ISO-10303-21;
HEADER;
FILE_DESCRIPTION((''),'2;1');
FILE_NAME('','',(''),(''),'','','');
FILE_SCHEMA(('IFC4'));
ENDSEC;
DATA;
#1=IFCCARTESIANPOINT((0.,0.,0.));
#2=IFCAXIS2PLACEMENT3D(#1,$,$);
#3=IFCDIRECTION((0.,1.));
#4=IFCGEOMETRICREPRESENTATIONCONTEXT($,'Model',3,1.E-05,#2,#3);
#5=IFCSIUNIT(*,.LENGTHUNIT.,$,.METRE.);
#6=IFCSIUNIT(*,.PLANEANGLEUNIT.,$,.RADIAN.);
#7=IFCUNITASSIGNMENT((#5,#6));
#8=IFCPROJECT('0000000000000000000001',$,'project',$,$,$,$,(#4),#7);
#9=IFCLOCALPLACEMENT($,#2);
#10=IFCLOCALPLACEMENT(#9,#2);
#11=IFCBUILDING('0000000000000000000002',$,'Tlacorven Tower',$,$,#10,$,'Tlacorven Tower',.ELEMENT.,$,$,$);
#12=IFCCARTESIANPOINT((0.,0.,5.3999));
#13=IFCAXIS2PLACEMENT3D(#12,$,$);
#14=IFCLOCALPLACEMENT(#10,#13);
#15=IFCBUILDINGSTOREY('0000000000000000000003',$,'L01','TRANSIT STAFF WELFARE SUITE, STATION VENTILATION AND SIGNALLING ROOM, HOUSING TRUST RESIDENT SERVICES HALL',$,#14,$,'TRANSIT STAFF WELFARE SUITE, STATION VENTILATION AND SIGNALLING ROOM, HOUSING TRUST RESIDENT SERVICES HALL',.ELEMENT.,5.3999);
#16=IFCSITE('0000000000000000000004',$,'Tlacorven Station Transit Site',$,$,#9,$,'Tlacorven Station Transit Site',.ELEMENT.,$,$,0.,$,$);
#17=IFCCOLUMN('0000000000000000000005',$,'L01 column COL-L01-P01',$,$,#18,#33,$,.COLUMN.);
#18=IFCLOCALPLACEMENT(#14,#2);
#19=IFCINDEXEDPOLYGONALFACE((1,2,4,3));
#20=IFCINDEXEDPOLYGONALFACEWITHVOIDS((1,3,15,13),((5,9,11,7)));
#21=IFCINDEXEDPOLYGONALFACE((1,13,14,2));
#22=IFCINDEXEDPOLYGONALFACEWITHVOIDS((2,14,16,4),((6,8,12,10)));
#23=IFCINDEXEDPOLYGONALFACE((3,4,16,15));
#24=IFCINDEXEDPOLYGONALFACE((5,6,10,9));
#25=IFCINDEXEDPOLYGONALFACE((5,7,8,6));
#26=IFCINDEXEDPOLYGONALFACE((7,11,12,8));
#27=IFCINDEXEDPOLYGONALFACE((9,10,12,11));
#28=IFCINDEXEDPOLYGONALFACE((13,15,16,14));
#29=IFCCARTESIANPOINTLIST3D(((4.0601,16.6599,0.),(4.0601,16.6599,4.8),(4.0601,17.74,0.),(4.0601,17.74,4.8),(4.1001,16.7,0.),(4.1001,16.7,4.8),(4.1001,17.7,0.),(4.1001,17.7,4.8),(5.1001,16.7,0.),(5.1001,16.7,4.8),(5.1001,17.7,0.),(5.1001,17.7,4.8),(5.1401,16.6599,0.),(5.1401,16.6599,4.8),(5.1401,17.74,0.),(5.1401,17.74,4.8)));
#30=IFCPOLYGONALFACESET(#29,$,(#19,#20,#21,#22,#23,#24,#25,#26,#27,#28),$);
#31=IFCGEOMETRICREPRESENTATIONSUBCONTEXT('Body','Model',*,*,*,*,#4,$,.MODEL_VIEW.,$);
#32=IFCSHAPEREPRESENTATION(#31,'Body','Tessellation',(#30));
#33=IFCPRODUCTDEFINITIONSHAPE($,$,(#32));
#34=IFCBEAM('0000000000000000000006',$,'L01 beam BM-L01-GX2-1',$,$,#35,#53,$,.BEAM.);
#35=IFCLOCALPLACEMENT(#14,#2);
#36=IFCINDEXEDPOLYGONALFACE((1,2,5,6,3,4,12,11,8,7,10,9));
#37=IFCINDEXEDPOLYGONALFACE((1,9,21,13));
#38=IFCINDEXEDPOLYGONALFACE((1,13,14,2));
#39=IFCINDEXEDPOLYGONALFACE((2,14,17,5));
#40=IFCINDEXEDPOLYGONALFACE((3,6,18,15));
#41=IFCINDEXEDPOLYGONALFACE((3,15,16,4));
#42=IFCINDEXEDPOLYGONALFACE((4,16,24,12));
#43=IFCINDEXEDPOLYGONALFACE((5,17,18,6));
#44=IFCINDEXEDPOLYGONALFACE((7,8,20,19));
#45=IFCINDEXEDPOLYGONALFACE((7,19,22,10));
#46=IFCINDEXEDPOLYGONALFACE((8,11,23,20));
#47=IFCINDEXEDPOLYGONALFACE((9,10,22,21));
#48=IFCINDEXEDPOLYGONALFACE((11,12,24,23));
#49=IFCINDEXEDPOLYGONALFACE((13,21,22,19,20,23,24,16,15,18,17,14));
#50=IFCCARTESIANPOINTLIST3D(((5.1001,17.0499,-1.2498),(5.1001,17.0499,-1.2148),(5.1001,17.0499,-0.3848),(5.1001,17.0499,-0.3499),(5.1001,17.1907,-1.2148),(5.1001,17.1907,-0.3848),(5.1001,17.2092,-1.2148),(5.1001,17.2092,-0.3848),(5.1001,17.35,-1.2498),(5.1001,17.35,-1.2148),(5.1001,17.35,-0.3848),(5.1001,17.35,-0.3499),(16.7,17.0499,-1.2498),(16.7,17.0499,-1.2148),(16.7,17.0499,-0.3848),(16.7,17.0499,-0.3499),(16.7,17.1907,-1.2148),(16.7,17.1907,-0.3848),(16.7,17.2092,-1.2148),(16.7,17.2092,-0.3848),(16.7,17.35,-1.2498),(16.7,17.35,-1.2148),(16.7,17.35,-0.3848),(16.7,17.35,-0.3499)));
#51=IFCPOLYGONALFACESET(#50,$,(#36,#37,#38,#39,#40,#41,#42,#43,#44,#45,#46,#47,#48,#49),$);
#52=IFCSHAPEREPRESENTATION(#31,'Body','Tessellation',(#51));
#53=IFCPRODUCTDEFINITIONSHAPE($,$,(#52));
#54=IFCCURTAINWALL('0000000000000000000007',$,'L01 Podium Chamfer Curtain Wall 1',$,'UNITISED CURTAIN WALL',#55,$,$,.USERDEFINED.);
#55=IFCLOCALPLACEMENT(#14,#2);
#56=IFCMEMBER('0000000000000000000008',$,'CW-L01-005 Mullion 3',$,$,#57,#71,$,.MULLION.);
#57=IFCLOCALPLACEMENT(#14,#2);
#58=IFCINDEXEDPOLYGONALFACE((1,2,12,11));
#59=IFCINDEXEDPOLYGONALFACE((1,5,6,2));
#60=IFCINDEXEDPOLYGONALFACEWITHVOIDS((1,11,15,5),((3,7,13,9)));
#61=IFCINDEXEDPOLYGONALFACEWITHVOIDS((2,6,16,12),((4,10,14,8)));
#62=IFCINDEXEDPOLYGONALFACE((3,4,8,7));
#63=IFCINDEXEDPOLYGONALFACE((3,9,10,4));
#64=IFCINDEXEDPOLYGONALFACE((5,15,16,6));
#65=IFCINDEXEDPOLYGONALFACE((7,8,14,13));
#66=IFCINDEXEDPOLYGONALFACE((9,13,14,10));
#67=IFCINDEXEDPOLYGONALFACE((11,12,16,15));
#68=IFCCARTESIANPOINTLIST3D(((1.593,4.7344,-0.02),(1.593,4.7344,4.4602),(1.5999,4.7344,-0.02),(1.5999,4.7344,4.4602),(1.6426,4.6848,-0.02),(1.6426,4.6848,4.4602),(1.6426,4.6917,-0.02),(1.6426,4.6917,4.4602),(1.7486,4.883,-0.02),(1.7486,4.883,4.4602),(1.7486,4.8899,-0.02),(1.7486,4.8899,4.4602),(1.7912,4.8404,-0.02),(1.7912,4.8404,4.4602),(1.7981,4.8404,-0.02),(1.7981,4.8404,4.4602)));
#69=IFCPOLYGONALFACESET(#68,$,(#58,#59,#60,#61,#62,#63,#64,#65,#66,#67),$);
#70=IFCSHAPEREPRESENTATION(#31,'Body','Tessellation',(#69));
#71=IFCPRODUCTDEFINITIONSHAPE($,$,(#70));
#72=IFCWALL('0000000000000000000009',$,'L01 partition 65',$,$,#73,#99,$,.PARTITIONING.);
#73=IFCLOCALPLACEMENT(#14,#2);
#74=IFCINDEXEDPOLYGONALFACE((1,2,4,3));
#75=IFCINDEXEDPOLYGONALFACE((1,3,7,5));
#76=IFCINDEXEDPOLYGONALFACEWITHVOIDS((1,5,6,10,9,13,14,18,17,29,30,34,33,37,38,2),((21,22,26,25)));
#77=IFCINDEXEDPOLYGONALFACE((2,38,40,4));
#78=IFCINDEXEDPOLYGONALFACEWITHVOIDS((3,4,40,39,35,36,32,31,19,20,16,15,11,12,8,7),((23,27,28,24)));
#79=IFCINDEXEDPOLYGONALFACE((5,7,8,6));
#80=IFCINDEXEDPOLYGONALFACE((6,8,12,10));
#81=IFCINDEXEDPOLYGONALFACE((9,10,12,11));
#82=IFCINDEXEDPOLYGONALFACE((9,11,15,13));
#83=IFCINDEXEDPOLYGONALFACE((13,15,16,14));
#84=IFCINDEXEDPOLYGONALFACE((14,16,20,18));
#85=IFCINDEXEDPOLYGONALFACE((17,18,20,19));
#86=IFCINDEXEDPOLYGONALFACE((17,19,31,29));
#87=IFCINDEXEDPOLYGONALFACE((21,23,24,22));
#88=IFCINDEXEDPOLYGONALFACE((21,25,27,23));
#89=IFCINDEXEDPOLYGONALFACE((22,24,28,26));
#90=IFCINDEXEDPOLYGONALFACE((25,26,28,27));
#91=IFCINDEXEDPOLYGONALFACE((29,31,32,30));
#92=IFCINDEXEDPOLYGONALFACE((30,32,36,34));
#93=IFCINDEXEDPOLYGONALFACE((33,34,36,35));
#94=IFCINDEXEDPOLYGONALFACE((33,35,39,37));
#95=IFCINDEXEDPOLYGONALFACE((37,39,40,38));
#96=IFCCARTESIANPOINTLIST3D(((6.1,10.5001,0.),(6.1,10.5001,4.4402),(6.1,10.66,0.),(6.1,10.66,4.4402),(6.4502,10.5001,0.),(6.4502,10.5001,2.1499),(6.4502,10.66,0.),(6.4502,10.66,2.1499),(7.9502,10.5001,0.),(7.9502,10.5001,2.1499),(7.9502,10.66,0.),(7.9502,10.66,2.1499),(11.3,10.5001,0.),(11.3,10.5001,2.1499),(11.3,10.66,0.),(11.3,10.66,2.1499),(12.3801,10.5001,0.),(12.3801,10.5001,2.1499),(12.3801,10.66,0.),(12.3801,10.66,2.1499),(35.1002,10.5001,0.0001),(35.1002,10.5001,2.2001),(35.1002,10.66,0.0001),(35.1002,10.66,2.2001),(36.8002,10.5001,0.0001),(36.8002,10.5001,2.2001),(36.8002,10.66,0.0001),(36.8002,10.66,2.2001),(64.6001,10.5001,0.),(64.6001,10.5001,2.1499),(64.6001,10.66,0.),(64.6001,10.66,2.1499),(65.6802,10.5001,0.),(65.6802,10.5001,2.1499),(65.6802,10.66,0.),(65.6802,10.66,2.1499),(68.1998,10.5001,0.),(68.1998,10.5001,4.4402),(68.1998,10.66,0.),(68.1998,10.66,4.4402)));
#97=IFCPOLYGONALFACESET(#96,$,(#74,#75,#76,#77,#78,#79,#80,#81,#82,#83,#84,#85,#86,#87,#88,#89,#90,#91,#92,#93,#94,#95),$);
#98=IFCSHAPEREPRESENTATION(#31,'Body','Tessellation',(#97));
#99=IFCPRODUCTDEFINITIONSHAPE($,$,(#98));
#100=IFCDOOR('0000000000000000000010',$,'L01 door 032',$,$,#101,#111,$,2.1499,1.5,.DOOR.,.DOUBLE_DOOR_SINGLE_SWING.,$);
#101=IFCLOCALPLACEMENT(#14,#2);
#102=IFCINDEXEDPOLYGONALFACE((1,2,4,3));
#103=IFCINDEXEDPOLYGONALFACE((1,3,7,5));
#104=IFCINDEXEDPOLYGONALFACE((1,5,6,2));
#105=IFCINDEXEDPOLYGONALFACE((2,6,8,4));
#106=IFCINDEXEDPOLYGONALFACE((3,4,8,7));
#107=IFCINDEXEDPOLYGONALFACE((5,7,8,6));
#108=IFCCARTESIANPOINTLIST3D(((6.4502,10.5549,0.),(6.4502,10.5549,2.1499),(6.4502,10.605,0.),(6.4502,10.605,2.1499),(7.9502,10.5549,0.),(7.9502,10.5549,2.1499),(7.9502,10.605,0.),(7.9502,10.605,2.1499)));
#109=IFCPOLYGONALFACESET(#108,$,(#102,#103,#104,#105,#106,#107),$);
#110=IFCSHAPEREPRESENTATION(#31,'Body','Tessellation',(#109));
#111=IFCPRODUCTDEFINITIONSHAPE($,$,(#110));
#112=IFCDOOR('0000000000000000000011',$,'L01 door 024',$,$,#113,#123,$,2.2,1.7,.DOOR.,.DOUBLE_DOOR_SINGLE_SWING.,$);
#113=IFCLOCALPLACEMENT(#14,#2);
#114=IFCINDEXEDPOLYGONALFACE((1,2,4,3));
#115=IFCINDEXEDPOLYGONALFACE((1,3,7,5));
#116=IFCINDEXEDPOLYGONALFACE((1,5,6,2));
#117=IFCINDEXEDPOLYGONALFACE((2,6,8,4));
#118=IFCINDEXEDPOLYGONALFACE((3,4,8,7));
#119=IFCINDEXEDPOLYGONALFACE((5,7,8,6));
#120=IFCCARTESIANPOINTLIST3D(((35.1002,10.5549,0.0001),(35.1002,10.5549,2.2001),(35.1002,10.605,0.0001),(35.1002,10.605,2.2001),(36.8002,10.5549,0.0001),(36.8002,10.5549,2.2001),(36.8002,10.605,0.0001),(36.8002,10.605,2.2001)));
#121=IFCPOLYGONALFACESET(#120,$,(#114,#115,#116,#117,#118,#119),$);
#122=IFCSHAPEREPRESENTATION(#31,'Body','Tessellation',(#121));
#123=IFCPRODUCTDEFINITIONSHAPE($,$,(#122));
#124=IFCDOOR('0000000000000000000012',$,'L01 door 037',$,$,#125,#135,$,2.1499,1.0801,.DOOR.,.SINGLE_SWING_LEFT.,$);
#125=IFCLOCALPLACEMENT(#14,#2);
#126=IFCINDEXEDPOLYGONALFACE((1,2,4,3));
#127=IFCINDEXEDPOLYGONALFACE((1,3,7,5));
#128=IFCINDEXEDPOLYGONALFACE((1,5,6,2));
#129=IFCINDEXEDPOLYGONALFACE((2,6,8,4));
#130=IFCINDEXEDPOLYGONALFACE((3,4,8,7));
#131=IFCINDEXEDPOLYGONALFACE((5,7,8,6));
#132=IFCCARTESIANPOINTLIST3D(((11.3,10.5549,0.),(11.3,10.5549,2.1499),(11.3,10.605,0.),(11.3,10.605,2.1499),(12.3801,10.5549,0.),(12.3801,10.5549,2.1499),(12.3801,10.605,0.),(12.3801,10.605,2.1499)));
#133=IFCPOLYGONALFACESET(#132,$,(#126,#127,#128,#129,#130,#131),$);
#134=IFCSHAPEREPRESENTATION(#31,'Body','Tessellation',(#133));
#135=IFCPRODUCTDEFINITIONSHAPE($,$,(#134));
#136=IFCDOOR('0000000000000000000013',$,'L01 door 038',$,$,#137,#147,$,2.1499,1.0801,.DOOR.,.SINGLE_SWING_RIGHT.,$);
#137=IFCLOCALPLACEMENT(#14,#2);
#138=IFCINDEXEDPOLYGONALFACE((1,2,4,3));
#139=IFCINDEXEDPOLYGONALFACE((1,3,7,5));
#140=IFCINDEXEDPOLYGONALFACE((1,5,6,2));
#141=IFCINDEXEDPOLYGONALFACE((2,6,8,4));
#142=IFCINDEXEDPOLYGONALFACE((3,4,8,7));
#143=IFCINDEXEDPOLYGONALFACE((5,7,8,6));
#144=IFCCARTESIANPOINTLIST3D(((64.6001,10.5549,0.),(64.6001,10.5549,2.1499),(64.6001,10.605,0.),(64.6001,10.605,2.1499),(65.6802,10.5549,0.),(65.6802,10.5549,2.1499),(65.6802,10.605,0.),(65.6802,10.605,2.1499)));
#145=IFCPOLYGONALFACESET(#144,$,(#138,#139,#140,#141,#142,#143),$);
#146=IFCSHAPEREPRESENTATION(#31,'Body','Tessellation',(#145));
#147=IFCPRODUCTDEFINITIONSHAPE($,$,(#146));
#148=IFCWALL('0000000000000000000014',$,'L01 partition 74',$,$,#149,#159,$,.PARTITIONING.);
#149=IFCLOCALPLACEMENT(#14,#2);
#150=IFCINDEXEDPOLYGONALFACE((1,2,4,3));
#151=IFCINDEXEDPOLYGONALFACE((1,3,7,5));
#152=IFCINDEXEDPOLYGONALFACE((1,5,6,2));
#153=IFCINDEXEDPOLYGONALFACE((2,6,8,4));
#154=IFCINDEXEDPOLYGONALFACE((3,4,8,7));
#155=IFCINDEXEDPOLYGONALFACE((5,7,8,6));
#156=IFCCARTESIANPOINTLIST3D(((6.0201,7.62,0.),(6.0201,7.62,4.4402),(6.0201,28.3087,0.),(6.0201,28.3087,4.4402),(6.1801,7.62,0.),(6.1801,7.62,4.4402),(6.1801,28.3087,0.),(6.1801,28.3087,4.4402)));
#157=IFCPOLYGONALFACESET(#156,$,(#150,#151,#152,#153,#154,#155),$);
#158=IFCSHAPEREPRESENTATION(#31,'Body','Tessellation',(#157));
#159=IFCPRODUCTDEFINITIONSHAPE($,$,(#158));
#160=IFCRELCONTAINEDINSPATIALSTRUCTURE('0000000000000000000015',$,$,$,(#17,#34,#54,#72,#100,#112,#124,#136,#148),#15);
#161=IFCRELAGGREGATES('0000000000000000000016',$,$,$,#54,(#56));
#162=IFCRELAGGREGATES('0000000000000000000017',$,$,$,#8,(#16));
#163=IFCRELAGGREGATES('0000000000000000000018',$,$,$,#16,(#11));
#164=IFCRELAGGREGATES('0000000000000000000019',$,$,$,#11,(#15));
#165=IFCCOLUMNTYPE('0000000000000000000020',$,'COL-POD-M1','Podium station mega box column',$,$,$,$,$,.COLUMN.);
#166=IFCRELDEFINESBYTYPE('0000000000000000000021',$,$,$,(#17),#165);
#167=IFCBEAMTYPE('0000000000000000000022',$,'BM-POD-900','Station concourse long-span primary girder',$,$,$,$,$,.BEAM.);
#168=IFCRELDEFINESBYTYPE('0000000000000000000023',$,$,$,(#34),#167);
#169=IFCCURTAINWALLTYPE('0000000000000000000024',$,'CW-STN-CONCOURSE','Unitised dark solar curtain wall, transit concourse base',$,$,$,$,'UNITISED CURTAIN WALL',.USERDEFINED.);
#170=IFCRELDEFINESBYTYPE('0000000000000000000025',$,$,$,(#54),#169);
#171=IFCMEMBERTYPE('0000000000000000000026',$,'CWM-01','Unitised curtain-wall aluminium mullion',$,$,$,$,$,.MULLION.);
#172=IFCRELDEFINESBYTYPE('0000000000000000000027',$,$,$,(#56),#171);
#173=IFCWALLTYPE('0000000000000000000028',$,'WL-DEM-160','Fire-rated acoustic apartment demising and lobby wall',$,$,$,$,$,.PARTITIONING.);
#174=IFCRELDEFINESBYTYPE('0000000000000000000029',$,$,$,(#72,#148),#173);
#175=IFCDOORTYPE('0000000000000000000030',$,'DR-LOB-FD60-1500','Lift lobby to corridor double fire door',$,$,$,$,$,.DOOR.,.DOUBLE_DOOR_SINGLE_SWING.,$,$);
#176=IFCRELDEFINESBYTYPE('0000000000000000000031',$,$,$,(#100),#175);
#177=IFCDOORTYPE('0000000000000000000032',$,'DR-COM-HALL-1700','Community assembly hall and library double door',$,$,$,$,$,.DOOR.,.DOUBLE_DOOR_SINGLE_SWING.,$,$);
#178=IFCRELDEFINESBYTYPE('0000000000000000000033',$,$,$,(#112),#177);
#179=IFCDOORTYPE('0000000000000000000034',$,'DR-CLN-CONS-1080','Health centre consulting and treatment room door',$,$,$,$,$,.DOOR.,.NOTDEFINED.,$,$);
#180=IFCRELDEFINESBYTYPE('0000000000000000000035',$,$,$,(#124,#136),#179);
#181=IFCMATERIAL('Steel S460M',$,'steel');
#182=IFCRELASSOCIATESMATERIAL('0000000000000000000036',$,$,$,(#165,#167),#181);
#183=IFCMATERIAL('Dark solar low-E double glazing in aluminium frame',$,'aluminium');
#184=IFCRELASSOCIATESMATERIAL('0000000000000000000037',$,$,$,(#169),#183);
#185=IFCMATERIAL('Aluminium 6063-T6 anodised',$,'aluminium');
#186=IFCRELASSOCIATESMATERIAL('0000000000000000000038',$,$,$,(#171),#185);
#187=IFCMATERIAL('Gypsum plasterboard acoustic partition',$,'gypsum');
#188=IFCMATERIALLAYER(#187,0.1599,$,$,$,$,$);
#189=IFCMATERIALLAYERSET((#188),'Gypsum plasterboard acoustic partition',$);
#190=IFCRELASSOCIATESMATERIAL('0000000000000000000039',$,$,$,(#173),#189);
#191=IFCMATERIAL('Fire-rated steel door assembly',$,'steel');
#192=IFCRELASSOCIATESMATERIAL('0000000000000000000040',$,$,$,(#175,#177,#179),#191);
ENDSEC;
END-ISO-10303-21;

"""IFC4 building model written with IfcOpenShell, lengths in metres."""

from ifc_helpers import new_model, si_unit, direction, frame, frame_2d, origin, origin_2d, place, context, subcontext, project, spatial, rectangle, hollow_rectangle, i_section, extrude, source, transform, mapped, material, layer, layer_set, material_profile, profile_set, type_object, element, fill, aggregate, save


model = new_model("IFC4")

# Units and contexts
model_context = context("Model", 3, precision=1e-05, world=origin(), true_north=direction((0.0, 1.0)))
body_context = subcontext(model_context, "Body", "Model", "MODEL_VIEW")
ifc_project = project(units=[si_unit("LENGTHUNIT", "METRE"), si_unit("PLANEANGLEUNIT", "RADIAN")], contexts=[model_context])

# Site, building, storey
site_placement = place(None, origin())
site = spatial("IfcSite", under=ifc_project, at=site_placement, Name="Tlacorven Station Transit Site", LongName="Tlacorven Station Transit Site", CompositionType="ELEMENT", RefElevation=0.0)
building_placement = place(site_placement, origin())
building = spatial("IfcBuilding", under=site, at=building_placement, Name="Tlacorven Tower", LongName="Tlacorven Tower", CompositionType="ELEMENT")
storey_placement = place(building_placement, frame((0.0, 0.0, 5.3999)))
storey = spatial("IfcBuildingStorey", under=building, at=storey_placement, Name="L01", Description="TRANSIT STAFF WELFARE SUITE, STATION VENTILATION AND SIGNALLING ROOM, HOUSING TRUST RESIDENT SERVICES HALL", LongName="TRANSIT STAFF WELFARE SUITE, STATION VENTILATION AND SIGNALLING ROOM, HOUSING TRUST RESIDENT SERVICES HALL", CompositionType="ELEMENT", Elevation=5.3999)

# Column
ifc_material_1 = material(Name="Steel S460M", Category="steel")
ifc_material_profile_1 = material_profile(ifc_material_1, hollow_rectangle(XDim=1.0801, YDim=1.0801, WallThickness=0.04, at=origin_2d()), Name="BOX 1080X1080X40")
ifc_profile_set_1 = profile_set([ifc_material_profile_1], Name="Steel S460M")
column_type = type_object("IfcColumnType", Name="COL-POD-M1", Description="Podium station mega box column", PredefinedType="COLUMN", material=ifc_profile_set_1)
shared_shape_1 = source(origin(), body_context, "Body", "SweptSolid", [
    extrude(hollow_rectangle(XDim=1.0801, YDim=1.0801, WallThickness=0.04, at=origin_2d()), origin(), (0.0, 0.0, 1.0), 4.8),
])
column_placement = place(storey_placement, frame((4.6001, 17.2, 0.0), z_axis=(0.0, 0.0, 1.0), x_axis=(1.0, 0.0, 0.0)))
element("IfcColumn", 1, at=column_placement, inside=storey, type_object=column_type, Name="L01 column COL-L01-P01", PredefinedType="COLUMN", context=body_context, shape_type="MappedRepresentation", body=[
    mapped(shared_shape_1, transform((0.0, 0.0, 0.0), scale=1.0)),
])

# Beam
ifc_material_profile_2 = material_profile(ifc_material_1, i_section(OverallWidth=0.3, OverallDepth=0.8999, WebThickness=0.0186, FlangeThickness=0.0349, at=origin_2d()), Name="HEB 900")
ifc_profile_set_2 = profile_set([ifc_material_profile_2], Name="Steel S460M")
beam_type = type_object("IfcBeamType", Name="BM-POD-900", Description="Station concourse long-span primary girder", PredefinedType="BEAM", material=ifc_profile_set_2)
shared_shape_2 = source(origin(), body_context, "Body", "SweptSolid", [
    extrude(i_section(OverallWidth=0.3, OverallDepth=0.8999, WebThickness=0.0186, FlangeThickness=0.0349, at=origin_2d()), origin(), (0.0, 0.0, 1.0), 11.5999),
])
beam_placement = place(storey_placement, frame((5.1001, 17.2, -0.7998), z_axis=(1.0, 0.0, 0.0), x_axis=(0.0, 1.0, 0.0)))
element("IfcBeam", 2, at=beam_placement, inside=storey, type_object=beam_type, Name="L01 beam BM-L01-GX2-1", PredefinedType="BEAM", context=body_context, shape_type="MappedRepresentation", body=[
    mapped(shared_shape_2, transform((0.0, 0.0, 0.0), scale=1.0)),
])

# Curtain wall, member
ifc_material_2 = material(Name="Dark solar low-E double glazing in aluminium frame", Category="aluminium")
curtain_wall_type = type_object("IfcCurtainWallType", Name="CW-STN-CONCOURSE", Description="Unitised dark solar curtain wall, transit concourse base", ElementType="UNITISED CURTAIN WALL", PredefinedType="USERDEFINED", material=ifc_material_2)
curtain_wall_placement = place(storey_placement, origin())
curtain_wall = element("IfcCurtainWall", 3, at=curtain_wall_placement, inside=storey, type_object=curtain_wall_type, Name="L01 Podium Chamfer Curtain Wall 1", ObjectType="UNITISED CURTAIN WALL", PredefinedType="USERDEFINED")
ifc_material_3 = material(Name="Aluminium 6063-T6 anodised", Category="aluminium")
ifc_material_profile_3 = material_profile(ifc_material_3, hollow_rectangle(XDim=0.0701, YDim=0.22, WallThickness=0.0049, at=origin_2d()), Name="ALU MULLION 70X220")
ifc_profile_set_3 = profile_set([ifc_material_profile_3], Name="Aluminium 6063-T6 anodised")
member_type = type_object("IfcMemberType", Name="CWM-01", Description="Unitised curtain-wall aluminium mullion", PredefinedType="MULLION", material=ifc_profile_set_3)
shared_shape_3 = source(origin(), body_context, "Body", "SweptSolid", [
    extrude(hollow_rectangle(XDim=0.0701, YDim=0.22, WallThickness=0.0049, at=origin_2d()), origin(), (0.0, 0.0, 1.0), 4.4802),
])
member_placement = place(storey_placement, frame((1.6956, 4.7874, -0.02), z_axis=(0.0, 0.0, 1.0), x_axis=(-0.707107, 0.707107, 0.0)))
member = element("IfcMember", 4, at=member_placement, type_object=member_type, Name="CW-L01-005 Mullion 3", PredefinedType="MULLION", context=body_context, shape_type="MappedRepresentation", body=[
    mapped(shared_shape_3, transform((0.0, 0.0, 0.0), scale=1.0)),
])
aggregate(curtain_wall, [member])

# Wall, openings, doors
ifc_material_4 = material(Name="Gypsum plasterboard acoustic partition", Category="gypsum")
ifc_layer_1 = layer(ifc_material_4, 0.1599)
ifc_layer_set_1 = layer_set([ifc_layer_1], Name="Gypsum plasterboard acoustic partition")
wall_type_1 = type_object("IfcWallType", Name="WL-DEM-160", Description="Fire-rated acoustic apartment demising and lobby wall", PredefinedType="PARTITIONING", material=ifc_layer_set_1)
wall_1_placement = place(storey_placement, frame((6.1001, 10.5801, 0.0), z_axis=(0.0, 0.0, 1.0), x_axis=(1.0, 0.0, 0.0)))
wall_1 = element("IfcWall", 5, at=wall_1_placement, inside=storey, type_object=wall_type_1, Name="L01 partition 65", PredefinedType="PARTITIONING", context=body_context, shape_type="SweptSolid", body=[
    extrude(rectangle(XDim=62.0999, YDim=0.1599, at=frame_2d((31.0498, 0.0))), origin(), (0.0, 0.0, 1.0), 4.4402),
])
opening_1_placement = place(wall_1_placement, frame((29.0, 0.0, 0.0)))
opening_1 = element("IfcOpeningElement", 6, at=opening_1_placement, cuts=wall_1, PredefinedType="OPENING", context=body_context, shape_type="SweptSolid", body=[
    extrude(rectangle(XDim=1.7, YDim=2.2, at=frame_2d((0.8501, 1.1001))), frame((0.0, 0.0898, 0.0), z_axis=(0.0, -1.0, 0.0), x_axis=(1.0, 0.0, 0.0)), (0.0, 0.0, 1.0), 0.1799),
])
opening_2_placement = place(wall_1_placement, frame((0.3501, 0.0, 0.0)))
opening_2 = element("IfcOpeningElement", 7, at=opening_2_placement, cuts=wall_1, PredefinedType="OPENING", context=body_context, shape_type="SweptSolid", body=[
    extrude(rectangle(XDim=1.5, YDim=2.1499, at=frame_2d((0.75, 1.075))), frame((0.0, 0.0898, 0.0), z_axis=(0.0, -1.0, 0.0), x_axis=(1.0, 0.0, 0.0)), (0.0, 0.0, 1.0), 0.1799),
])
opening_3_placement = place(wall_1_placement, frame((5.2, 0.0, 0.0)))
opening_3 = element("IfcOpeningElement", 8, at=opening_3_placement, cuts=wall_1, PredefinedType="OPENING", context=body_context, shape_type="SweptSolid", body=[
    extrude(rectangle(XDim=1.0801, YDim=2.1499, at=frame_2d((0.54, 1.075))), frame((0.0, 0.0898, 0.0), z_axis=(0.0, -1.0, 0.0), x_axis=(1.0, 0.0, 0.0)), (0.0, 0.0, 1.0), 0.1799),
])
opening_4_placement = place(wall_1_placement, frame((58.5, 0.0, 0.0)))
opening_4 = element("IfcOpeningElement", 9, at=opening_4_placement, cuts=wall_1, PredefinedType="OPENING", context=body_context, shape_type="SweptSolid", body=[
    extrude(rectangle(XDim=1.0801, YDim=2.1499, at=frame_2d((0.54, 1.075))), frame((0.0, 0.0898, 0.0), z_axis=(0.0, -1.0, 0.0), x_axis=(1.0, 0.0, 0.0)), (0.0, 0.0, 1.0), 0.1799),
])
ifc_material_5 = material(Name="Fire-rated steel door assembly", Category="steel")
door_type_1 = type_object("IfcDoorType", Name="DR-LOB-FD60-1500", Description="Lift lobby to corridor double fire door", OperationType="DOUBLE_DOOR_SINGLE_SWING", PredefinedType="DOOR", material=ifc_material_5)
shared_shape_4 = source(origin(), body_context, "Body", "SweptSolid", [
    extrude(rectangle(XDim=1.5, YDim=2.1499, at=frame_2d((0.75, 1.075))), frame((0.0, 0.0249, 0.0), z_axis=(0.0, -1.0, 0.0), x_axis=(1.0, 0.0, 0.0)), (0.0, 0.0, 1.0), 0.05),
])
door_1_placement = place(opening_2_placement, origin())
door_1 = element("IfcDoor", 10, at=door_1_placement, inside=storey, type_object=door_type_1, Name="L01 door 032", OperationType="DOUBLE_DOOR_SINGLE_SWING", OverallHeight=2.1499, OverallWidth=1.5, PredefinedType="DOOR", context=body_context, shape_type="MappedRepresentation", body=[
    mapped(shared_shape_4, transform((0.0, 0.0, 0.0), scale=1.0)),
])
fill(opening_2, door_1)
door_type_2 = type_object("IfcDoorType", Name="DR-COM-HALL-1700", Description="Community assembly hall and library double door", OperationType="DOUBLE_DOOR_SINGLE_SWING", PredefinedType="DOOR", material=ifc_material_5)
shared_shape_5 = source(origin(), body_context, "Body", "SweptSolid", [
    extrude(rectangle(XDim=1.7, YDim=2.2, at=frame_2d((0.8501, 1.1001))), frame((0.0, 0.0249, 0.0), z_axis=(0.0, -1.0, 0.0), x_axis=(1.0, 0.0, 0.0)), (0.0, 0.0, 1.0), 0.05),
])
door_2_placement = place(opening_1_placement, origin())
door_2 = element("IfcDoor", 11, at=door_2_placement, inside=storey, type_object=door_type_2, Name="L01 door 024", OperationType="DOUBLE_DOOR_SINGLE_SWING", OverallHeight=2.2, OverallWidth=1.7, PredefinedType="DOOR", context=body_context, shape_type="MappedRepresentation", body=[
    mapped(shared_shape_5, transform((0.0, 0.0, 0.0), scale=1.0)),
])
fill(opening_1, door_2)
door_type_3 = type_object("IfcDoorType", Name="DR-CLN-CONS-1080", Description="Health centre consulting and treatment room door", OperationType="NOTDEFINED", PredefinedType="DOOR", material=ifc_material_5)
shared_shape_6 = source(origin(), body_context, "Body", "SweptSolid", [
    extrude(rectangle(XDim=1.0801, YDim=2.1499, at=frame_2d((0.54, 1.075))), frame((0.0, 0.0249, 0.0), z_axis=(0.0, -1.0, 0.0), x_axis=(1.0, 0.0, 0.0)), (0.0, 0.0, 1.0), 0.05),
])
door_3_placement = place(opening_3_placement, origin())
door_3 = element("IfcDoor", 12, at=door_3_placement, inside=storey, type_object=door_type_3, Name="L01 door 037", OperationType="SINGLE_SWING_LEFT", OverallHeight=2.1499, OverallWidth=1.0801, PredefinedType="DOOR", context=body_context, shape_type="MappedRepresentation", body=[
    mapped(shared_shape_6, transform((0.0, 0.0, 0.0), scale=1.0)),
])
fill(opening_3, door_3)
door_4_placement = place(opening_4_placement, origin())
door_4 = element("IfcDoor", 13, at=door_4_placement, inside=storey, type_object=door_type_3, Name="L01 door 038", OperationType="SINGLE_SWING_RIGHT", OverallHeight=2.1499, OverallWidth=1.0801, PredefinedType="DOOR", context=body_context, shape_type="MappedRepresentation", body=[
    mapped(shared_shape_6, transform((0.0, 0.0, 0.0), scale=1.0)),
])
fill(opening_4, door_4)

# Wall
wall_2_placement = place(storey_placement, frame((6.1001, 7.6201, 0.0), z_axis=(0.0, 0.0, 1.0), x_axis=(0.0, 1.0, 0.0)))
element("IfcWall", 14, at=wall_2_placement, inside=storey, type_object=wall_type_1, Name="L01 partition 74", PredefinedType="PARTITIONING", context=body_context, shape_type="SweptSolid", body=[
    extrude(rectangle(XDim=20.6887, YDim=0.1599, at=frame_2d((10.3442, 0.0))), origin(), (0.0, 0.0, 1.0), 4.4402),
])

save(model, "model.ifc")
